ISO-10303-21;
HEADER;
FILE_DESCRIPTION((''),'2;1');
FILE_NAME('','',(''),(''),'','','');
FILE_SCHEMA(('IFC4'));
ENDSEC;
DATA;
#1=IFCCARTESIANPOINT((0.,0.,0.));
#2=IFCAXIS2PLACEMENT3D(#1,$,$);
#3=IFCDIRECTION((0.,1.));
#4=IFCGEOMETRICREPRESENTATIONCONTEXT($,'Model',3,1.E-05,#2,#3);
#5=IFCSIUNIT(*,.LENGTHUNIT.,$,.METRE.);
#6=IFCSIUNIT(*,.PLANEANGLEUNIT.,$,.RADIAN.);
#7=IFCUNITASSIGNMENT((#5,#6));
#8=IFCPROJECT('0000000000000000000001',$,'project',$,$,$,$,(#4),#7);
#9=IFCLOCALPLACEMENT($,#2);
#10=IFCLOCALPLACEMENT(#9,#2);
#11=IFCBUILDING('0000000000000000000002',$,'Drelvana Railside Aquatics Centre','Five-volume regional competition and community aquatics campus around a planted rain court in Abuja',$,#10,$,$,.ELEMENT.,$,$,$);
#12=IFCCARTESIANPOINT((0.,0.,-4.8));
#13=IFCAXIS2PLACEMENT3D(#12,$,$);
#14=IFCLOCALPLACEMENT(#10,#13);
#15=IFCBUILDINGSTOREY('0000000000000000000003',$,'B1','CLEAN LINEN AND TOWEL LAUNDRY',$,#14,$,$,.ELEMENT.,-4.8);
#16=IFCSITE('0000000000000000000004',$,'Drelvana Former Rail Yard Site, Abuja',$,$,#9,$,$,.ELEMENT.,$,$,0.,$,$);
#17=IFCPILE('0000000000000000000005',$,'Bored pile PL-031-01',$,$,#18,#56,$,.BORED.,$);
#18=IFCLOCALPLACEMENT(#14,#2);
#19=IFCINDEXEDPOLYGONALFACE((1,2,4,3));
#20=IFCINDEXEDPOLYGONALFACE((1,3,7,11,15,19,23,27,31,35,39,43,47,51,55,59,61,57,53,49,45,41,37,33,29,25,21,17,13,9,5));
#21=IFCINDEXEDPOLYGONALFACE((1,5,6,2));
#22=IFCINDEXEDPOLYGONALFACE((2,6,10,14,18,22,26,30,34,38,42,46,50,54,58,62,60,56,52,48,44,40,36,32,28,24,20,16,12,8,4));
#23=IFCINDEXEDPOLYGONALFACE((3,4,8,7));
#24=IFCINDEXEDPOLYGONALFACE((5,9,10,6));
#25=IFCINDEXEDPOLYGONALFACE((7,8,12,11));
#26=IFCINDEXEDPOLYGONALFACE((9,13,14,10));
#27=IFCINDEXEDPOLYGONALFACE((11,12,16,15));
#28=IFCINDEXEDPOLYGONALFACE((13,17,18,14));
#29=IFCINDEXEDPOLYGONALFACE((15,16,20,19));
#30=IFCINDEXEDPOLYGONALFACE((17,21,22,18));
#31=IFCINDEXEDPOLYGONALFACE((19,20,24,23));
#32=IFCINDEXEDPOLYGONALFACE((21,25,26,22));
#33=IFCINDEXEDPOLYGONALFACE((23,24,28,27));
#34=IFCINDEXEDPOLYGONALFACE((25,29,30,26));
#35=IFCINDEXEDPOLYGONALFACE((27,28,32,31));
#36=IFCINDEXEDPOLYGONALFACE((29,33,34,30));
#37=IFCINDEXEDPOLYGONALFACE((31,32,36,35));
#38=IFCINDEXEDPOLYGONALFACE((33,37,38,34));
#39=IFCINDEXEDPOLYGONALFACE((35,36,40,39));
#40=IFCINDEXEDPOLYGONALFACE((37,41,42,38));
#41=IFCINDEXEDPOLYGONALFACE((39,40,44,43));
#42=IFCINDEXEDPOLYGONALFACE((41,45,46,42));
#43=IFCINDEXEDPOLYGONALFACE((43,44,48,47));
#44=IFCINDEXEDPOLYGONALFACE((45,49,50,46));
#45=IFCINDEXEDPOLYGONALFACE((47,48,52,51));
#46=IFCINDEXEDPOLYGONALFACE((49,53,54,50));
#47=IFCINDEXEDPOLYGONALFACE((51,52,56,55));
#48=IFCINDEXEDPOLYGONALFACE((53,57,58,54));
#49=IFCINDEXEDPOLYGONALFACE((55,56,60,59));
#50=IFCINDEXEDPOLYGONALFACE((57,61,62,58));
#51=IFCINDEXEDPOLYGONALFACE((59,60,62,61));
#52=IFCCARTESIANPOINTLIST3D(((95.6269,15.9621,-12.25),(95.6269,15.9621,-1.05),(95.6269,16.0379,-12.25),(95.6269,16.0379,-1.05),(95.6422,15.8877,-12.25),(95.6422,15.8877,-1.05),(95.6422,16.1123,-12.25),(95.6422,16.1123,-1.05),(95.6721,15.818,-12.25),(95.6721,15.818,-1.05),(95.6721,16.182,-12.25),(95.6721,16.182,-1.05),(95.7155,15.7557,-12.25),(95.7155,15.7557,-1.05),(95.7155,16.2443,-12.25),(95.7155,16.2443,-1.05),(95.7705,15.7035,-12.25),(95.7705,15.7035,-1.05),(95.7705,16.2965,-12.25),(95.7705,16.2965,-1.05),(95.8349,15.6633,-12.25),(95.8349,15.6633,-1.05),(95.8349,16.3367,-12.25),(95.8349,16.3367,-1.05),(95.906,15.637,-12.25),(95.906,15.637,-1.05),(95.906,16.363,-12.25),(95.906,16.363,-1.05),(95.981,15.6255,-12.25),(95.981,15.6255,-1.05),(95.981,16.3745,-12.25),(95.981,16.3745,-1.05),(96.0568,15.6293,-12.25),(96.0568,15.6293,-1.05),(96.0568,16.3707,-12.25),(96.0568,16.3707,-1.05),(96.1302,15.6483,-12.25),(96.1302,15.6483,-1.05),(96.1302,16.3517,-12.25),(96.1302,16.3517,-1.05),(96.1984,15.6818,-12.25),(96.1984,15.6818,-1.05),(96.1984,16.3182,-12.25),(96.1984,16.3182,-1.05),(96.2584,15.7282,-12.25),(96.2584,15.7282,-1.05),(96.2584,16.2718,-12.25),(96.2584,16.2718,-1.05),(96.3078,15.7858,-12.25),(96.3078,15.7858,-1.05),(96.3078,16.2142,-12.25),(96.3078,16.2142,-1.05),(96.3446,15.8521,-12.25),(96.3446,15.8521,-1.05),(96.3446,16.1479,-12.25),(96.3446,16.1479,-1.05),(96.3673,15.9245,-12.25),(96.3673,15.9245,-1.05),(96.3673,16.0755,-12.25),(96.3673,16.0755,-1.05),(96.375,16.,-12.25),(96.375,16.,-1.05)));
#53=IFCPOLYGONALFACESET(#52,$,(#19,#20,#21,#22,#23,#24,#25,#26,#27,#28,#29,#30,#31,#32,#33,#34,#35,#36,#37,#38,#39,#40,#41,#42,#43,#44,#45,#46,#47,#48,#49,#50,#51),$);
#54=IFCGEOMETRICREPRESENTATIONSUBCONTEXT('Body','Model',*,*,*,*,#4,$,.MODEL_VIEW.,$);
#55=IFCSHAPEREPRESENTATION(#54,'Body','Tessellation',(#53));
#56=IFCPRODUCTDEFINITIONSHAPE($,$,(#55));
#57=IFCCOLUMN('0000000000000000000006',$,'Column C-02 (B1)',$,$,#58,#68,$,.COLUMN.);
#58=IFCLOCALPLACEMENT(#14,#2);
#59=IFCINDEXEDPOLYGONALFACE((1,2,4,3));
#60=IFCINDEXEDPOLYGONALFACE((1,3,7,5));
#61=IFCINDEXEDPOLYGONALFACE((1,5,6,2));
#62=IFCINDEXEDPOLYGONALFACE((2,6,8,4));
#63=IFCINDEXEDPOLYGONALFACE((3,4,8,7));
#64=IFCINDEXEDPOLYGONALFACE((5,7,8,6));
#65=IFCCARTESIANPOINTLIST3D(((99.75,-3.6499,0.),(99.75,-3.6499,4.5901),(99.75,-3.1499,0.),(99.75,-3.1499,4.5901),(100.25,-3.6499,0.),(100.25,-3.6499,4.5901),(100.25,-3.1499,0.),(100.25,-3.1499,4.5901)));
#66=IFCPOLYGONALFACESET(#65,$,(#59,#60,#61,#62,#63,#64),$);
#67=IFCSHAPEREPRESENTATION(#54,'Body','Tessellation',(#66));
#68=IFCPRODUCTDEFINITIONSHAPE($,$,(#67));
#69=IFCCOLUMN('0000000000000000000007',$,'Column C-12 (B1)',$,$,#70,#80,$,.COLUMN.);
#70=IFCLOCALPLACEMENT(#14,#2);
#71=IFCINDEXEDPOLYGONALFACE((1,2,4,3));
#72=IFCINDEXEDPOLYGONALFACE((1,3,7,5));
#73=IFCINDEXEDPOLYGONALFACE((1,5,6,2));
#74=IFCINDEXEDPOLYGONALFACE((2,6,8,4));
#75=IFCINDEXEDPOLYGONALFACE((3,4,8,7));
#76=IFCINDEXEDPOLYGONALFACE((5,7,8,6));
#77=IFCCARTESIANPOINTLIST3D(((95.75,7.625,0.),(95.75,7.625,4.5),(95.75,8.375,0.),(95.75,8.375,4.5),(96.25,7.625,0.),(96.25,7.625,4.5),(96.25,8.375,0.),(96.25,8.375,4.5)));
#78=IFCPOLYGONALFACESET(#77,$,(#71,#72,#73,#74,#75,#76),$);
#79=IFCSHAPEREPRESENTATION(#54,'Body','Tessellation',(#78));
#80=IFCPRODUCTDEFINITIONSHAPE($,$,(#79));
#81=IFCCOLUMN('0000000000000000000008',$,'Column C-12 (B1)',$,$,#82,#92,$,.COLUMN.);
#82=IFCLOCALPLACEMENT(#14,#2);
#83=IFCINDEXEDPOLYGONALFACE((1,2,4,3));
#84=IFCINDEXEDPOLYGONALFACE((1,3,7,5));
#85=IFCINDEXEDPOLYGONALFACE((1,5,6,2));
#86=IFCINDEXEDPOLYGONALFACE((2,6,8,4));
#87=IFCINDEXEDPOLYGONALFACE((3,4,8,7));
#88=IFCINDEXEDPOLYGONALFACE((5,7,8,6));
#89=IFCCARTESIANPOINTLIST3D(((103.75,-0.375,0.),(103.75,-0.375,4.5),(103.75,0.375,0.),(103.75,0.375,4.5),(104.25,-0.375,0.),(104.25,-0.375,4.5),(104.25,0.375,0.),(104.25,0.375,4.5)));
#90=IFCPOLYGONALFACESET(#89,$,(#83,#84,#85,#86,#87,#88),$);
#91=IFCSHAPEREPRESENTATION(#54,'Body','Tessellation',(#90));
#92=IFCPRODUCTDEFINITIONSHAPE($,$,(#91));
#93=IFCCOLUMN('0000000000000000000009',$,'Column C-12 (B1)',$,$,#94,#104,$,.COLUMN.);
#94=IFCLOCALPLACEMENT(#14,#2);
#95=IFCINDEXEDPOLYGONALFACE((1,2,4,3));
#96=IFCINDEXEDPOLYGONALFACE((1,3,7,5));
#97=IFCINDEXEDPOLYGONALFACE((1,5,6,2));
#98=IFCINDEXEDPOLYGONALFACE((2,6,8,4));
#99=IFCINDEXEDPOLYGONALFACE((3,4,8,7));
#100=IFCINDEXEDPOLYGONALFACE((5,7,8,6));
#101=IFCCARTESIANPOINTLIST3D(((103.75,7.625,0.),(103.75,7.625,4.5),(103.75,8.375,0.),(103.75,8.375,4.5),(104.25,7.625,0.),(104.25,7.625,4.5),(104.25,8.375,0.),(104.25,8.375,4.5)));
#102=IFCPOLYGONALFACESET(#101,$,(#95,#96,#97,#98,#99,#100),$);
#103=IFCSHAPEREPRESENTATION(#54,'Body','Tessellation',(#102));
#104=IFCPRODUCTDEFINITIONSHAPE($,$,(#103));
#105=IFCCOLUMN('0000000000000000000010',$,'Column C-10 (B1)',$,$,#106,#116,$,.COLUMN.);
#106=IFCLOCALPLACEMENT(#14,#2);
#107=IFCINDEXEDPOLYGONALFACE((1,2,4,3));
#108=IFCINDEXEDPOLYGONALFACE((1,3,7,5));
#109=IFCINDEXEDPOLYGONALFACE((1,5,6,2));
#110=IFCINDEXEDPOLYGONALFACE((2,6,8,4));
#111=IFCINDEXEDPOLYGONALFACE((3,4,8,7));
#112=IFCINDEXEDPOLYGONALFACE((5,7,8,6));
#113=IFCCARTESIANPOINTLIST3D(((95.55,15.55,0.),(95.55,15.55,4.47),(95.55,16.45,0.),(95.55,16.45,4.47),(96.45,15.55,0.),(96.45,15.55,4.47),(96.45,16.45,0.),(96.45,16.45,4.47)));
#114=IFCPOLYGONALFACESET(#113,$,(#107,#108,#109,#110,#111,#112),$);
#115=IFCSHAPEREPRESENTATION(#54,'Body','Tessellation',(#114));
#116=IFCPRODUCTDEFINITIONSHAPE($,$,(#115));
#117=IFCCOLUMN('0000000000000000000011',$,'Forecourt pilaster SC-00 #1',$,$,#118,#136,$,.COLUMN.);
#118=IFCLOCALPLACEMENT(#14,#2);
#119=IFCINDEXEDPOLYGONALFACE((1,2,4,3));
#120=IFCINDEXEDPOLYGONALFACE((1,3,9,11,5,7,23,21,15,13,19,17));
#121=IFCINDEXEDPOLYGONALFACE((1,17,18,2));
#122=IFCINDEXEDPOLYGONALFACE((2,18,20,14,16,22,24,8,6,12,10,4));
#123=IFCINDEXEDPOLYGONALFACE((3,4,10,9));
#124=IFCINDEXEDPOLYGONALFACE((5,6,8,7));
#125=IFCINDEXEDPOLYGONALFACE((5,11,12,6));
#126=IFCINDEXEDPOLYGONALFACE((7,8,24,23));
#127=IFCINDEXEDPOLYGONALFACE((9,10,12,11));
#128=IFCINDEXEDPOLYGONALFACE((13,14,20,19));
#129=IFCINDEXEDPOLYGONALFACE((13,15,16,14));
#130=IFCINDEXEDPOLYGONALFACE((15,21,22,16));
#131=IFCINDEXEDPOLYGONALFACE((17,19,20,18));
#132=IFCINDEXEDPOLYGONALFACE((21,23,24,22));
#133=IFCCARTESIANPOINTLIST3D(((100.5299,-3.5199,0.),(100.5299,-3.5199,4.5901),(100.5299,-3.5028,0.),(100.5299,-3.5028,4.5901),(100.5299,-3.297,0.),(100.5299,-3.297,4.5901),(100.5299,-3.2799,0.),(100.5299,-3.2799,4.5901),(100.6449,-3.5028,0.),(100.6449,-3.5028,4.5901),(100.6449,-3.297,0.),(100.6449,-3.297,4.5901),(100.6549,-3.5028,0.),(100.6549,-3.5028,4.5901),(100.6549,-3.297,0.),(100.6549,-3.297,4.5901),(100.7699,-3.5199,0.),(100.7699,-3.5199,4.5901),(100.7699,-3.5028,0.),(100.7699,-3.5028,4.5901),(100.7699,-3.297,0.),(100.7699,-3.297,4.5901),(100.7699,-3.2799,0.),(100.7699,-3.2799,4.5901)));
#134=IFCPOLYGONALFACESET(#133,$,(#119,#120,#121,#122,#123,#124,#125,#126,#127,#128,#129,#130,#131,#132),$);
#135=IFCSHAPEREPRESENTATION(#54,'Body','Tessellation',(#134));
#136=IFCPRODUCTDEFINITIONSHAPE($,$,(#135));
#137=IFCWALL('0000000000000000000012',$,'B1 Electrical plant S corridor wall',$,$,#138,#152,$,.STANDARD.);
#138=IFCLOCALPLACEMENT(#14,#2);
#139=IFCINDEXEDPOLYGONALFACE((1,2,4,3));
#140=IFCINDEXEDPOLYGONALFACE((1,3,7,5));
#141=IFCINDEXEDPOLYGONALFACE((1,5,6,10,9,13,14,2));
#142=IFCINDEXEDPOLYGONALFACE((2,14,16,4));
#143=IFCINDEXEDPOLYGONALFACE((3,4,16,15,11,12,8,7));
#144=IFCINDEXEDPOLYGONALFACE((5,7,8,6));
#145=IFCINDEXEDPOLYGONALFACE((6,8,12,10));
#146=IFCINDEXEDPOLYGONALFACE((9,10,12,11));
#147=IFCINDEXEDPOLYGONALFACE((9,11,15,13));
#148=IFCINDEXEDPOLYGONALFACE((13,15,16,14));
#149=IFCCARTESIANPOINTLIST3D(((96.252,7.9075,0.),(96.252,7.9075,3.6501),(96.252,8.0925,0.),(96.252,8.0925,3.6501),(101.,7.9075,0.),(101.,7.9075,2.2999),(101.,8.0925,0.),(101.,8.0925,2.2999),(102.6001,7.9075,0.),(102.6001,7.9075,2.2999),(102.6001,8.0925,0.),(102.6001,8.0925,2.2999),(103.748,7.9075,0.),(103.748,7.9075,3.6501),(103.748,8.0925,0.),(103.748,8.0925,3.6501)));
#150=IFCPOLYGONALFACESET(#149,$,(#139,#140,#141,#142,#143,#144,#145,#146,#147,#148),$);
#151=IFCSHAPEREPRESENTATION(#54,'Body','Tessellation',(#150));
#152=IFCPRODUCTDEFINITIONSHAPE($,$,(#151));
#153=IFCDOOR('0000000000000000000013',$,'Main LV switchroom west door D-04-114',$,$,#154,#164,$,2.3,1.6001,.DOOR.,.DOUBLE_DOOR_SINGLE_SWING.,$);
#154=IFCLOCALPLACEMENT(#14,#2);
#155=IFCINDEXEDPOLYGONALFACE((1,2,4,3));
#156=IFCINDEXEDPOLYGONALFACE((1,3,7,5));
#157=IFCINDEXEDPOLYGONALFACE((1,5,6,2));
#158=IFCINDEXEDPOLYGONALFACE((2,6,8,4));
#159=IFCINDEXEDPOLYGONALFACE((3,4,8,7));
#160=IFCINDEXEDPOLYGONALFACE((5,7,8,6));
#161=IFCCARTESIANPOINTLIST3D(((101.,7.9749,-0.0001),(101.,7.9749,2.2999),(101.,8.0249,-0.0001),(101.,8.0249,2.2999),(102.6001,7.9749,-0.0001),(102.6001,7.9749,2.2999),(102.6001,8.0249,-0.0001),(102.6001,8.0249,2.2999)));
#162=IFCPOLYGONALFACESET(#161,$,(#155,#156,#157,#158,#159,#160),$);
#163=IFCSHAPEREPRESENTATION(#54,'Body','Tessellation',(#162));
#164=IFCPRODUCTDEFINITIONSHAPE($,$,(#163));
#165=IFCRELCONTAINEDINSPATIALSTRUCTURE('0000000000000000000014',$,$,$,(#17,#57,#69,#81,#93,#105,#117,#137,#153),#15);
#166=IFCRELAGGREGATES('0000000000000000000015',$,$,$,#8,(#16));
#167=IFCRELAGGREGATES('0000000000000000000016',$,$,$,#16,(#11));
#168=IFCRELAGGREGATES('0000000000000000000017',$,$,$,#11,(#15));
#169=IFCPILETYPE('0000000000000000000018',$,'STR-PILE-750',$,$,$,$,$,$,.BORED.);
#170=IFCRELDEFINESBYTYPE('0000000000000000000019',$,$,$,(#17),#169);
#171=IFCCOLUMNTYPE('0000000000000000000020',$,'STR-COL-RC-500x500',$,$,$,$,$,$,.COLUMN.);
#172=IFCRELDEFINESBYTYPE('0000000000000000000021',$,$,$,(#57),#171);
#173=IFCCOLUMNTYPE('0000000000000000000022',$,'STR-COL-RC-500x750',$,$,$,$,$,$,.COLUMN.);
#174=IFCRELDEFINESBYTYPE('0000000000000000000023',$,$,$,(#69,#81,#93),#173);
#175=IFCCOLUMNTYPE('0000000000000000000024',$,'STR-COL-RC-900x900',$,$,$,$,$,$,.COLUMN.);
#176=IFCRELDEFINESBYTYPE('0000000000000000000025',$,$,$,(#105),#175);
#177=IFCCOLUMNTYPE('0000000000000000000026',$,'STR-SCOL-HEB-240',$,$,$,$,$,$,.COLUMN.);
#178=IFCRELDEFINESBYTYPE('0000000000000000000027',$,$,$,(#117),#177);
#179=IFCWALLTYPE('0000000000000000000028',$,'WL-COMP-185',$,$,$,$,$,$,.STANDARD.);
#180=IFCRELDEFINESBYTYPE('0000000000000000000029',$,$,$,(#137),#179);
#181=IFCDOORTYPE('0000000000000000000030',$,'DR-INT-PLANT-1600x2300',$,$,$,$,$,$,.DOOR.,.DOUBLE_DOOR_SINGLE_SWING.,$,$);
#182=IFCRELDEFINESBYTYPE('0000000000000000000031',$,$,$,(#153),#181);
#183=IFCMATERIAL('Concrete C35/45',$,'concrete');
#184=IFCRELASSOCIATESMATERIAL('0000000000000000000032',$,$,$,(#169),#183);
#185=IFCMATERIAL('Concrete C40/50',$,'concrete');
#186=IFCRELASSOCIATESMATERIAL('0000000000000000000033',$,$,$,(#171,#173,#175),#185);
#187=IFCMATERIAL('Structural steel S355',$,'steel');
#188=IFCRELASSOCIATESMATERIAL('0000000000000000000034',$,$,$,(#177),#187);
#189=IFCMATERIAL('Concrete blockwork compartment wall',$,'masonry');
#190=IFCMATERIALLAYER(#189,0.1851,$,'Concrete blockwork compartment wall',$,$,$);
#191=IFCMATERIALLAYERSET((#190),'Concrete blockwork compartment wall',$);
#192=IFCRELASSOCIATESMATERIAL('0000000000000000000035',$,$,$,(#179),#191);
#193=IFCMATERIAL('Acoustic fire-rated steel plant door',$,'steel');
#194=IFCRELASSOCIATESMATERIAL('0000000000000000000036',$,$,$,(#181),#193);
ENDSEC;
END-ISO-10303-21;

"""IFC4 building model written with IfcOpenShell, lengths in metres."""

from ifc_helpers import new_model, si_unit, direction, frame, frame_2d, origin, origin_2d, place, context, subcontext, project, spatial, rectangle, circle, i_section, extrude, material, layer, layer_set, material_profile, profile_set, type_object, element, fill, save


model = new_model("IFC4")

# Units and contexts
model_context = context("Model", 3, precision=1e-05, world=origin(), true_north=direction((0.0, 1.0)))
body_context = subcontext(model_context, "Body", "Model", "MODEL_VIEW")
ifc_project = project(units=[si_unit("LENGTHUNIT", "METRE"), si_unit("PLANEANGLEUNIT", "RADIAN")], contexts=[model_context])

# Site, building, storey
site_placement = place(None, origin())
site = spatial("IfcSite", under=ifc_project, at=site_placement, Name="Drelvana Former Rail Yard Site, Abuja", CompositionType="ELEMENT", RefElevation=0.0)
building_placement = place(site_placement, origin())
building = spatial("IfcBuilding", under=site, at=building_placement, Name="Drelvana Railside Aquatics Centre", Description="Five-volume regional competition and community aquatics campus around a planted rain court in Abuja", CompositionType="ELEMENT")
storey_placement = place(building_placement, frame((0.0, 0.0, -4.8)))
storey = spatial("IfcBuildingStorey", under=building, at=storey_placement, Name="B1", Description="CLEAN LINEN AND TOWEL LAUNDRY", CompositionType="ELEMENT", Elevation=-4.8)

# Shared definitions
ifc_material_1 = material(Name="Concrete C35/45", Category="concrete")

# Pile
ifc_material_profile_1 = material_profile(ifc_material_1, circle(Radius=0.375, at=origin_2d()), Name="PILE D750")
ifc_profile_set_1 = profile_set([ifc_material_profile_1], Name="Concrete C35/45")
pile_type_1 = type_object("IfcPileType", Name="STR-PILE-750", PredefinedType="BORED", material=ifc_profile_set_1)
for number, where, z_axis, x_axis, name in (
    (1, (96.0, 16.0, -1.05), (0.0, 0.0, -1.0), (1.0, 0.0, 0.0), "Bored pile PL-031-01"),
):
    element("IfcPile", number, at=place(storey_placement, frame(where, z_axis=z_axis, x_axis=x_axis)), inside=storey, type_object=pile_type_1, Name=name, PredefinedType="BORED", context=body_context, shape_type="SweptSolid", body=[
        extrude(circle(Radius=0.375, at=origin_2d()), origin(), (0.0, 0.0, 1.0), 11.2),
    ])

# Columns
ifc_material_2 = material(Name="Concrete C40/50", Category="concrete")
ifc_material_profile_2 = material_profile(ifc_material_2, rectangle(XDim=0.5, YDim=0.5, at=origin_2d()), Name="RC 500x500")
ifc_profile_set_2 = profile_set([ifc_material_profile_2], Name="Concrete C40/50")
column_type_1 = type_object("IfcColumnType", Name="STR-COL-RC-500x500", PredefinedType="COLUMN", material=ifc_profile_set_2)
column_1_placement = place(storey_placement, frame((100.0, -3.3999, 0.0), z_axis=(0.0, 0.0, 1.0), x_axis=(1.0, 0.0, 0.0)))
element("IfcColumn", 2, at=column_1_placement, inside=storey, type_object=column_type_1, Name="Column C-02 (B1)", PredefinedType="COLUMN", context=body_context, shape_type="SweptSolid", body=[
    extrude(rectangle(XDim=0.5, YDim=0.5, at=origin_2d()), origin(), (0.0, 0.0, 1.0), 4.5901),
])
ifc_material_profile_3 = material_profile(ifc_material_2, rectangle(XDim=0.5, YDim=0.75, at=origin_2d()), Name="RC 500x750")
ifc_profile_set_3 = profile_set([ifc_material_profile_3], Name="Concrete C40/50")
column_type_2 = type_object("IfcColumnType", Name="STR-COL-RC-500x750", PredefinedType="COLUMN", material=ifc_profile_set_3)
for number, where, z_axis, x_axis, name in (
    (3, (96.0, 8.0, 0.0), (0.0, 0.0, 1.0), (1.0, 0.0, 0.0), "Column C-12 (B1)"),
    (4, (104.0, 0.0, 0.0), (0.0, 0.0, 1.0), (1.0, 0.0, 0.0), "Column C-12 (B1)"),
    (5, (104.0, 8.0, 0.0), (0.0, 0.0, 1.0), (1.0, 0.0, 0.0), "Column C-12 (B1)"),
):
    element("IfcColumn", number, at=place(storey_placement, frame(where, z_axis=z_axis, x_axis=x_axis)), inside=storey, type_object=column_type_2, Name=name, PredefinedType="COLUMN", context=body_context, shape_type="SweptSolid", body=[
        extrude(rectangle(XDim=0.5, YDim=0.75, at=origin_2d()), origin(), (0.0, 0.0, 1.0), 4.5),
    ])
ifc_material_profile_4 = material_profile(ifc_material_2, rectangle(XDim=0.8999, YDim=0.8999, at=origin_2d()), Name="RC 900x900")
ifc_profile_set_4 = profile_set([ifc_material_profile_4], Name="Concrete C40/50")
column_type_3 = type_object("IfcColumnType", Name="STR-COL-RC-900x900", PredefinedType="COLUMN", material=ifc_profile_set_4)
column_2_placement = place(storey_placement, frame((96.0, 16.0, 0.0), z_axis=(0.0, 0.0, 1.0), x_axis=(1.0, 0.0, 0.0)))
element("IfcColumn", 6, at=column_2_placement, inside=storey, type_object=column_type_3, Name="Column C-10 (B1)", PredefinedType="COLUMN", context=body_context, shape_type="SweptSolid", body=[
    extrude(rectangle(XDim=0.8999, YDim=0.8999, at=origin_2d()), origin(), (0.0, 0.0, 1.0), 4.47),
])
ifc_material_3 = material(Name="Structural steel S355", Category="steel")
ifc_material_profile_5 = material_profile(ifc_material_3, i_section(OverallWidth=0.24, OverallDepth=0.24, WebThickness=0.01, FlangeThickness=0.0171, at=origin_2d()), Name="HEB 240")
ifc_profile_set_5 = profile_set([ifc_material_profile_5], Name="Structural steel S355")
column_type_4 = type_object("IfcColumnType", Name="STR-SCOL-HEB-240", PredefinedType="COLUMN", material=ifc_profile_set_5)
column_3_placement = place(storey_placement, frame((100.6499, -3.3999, 0.0), z_axis=(0.0, 0.0, 1.0), x_axis=(1.0, 0.0, 0.0)))
element("IfcColumn", 7, at=column_3_placement, inside=storey, type_object=column_type_4, Name="Forecourt pilaster SC-00 #1", PredefinedType="COLUMN", context=body_context, shape_type="SweptSolid", body=[
    extrude(i_section(OverallWidth=0.24, OverallDepth=0.24, WebThickness=0.01, FlangeThickness=0.0171, at=origin_2d()), origin(), (0.0, 0.0, 1.0), 4.5901),
])

# Wall, opening, door
ifc_material_4 = material(Name="Concrete blockwork compartment wall", Category="masonry")
ifc_layer = layer(ifc_material_4, 0.1851, Name="Concrete blockwork compartment wall")
ifc_layer_set = layer_set([ifc_layer], Name="Concrete blockwork compartment wall")
wall_type = type_object("IfcWallType", Name="WL-COMP-185", PredefinedType="STANDARD", material=ifc_layer_set)
wall_placement = place(storey_placement, frame((96.252, 8.0, 0.0), z_axis=(0.0, 0.0, 1.0), x_axis=(1.0, 0.0, 0.0)))
wall = element("IfcWall", 8, at=wall_placement, inside=storey, type_object=wall_type, Name="B1 Electrical plant S corridor wall", PredefinedType="STANDARD", context=body_context, shape_type="SweptSolid", body=[
    extrude(rectangle(XDim=7.4961, YDim=0.1851, at=frame_2d((3.748, 0.0))), origin(), (0.0, 0.0, 1.0), 3.6501),
])
opening_placement = place(wall_placement, frame((4.748, 0.0, 0.0)))
opening = element("IfcOpeningElement", 9, at=opening_placement, cuts=wall, PredefinedType="OPENING", context=body_context, shape_type="SweptSolid", body=[
    extrude(rectangle(XDim=1.6001, YDim=2.3, at=frame_2d((0.8, 1.1499))), frame((0.0, 0.1025, 0.0), z_axis=(0.0, -1.0, 0.0), x_axis=(1.0, 0.0, 0.0)), (0.0, 0.0, 1.0), 0.2051),
])
ifc_material_5 = material(Name="Acoustic fire-rated steel plant door", Category="steel")
door_type = type_object("IfcDoorType", Name="DR-INT-PLANT-1600x2300", OperationType="DOUBLE_DOOR_SINGLE_SWING", PredefinedType="DOOR", material=ifc_material_5)
door_placement = place(opening_placement, origin())
door = element("IfcDoor", 10, at=door_placement, inside=storey, type_object=door_type, Name="Main LV switchroom west door D-04-114", OperationType="DOUBLE_DOOR_SINGLE_SWING", OverallHeight=2.3, OverallWidth=1.6001, PredefinedType="DOOR", context=body_context, shape_type="SweptSolid", body=[
    extrude(rectangle(XDim=1.6001, YDim=2.3, at=frame_2d((0.8, 1.1499))), frame((0.0, 0.0249, 0.0), z_axis=(0.0, -1.0, 0.0), x_axis=(1.0, 0.0, 0.0)), (0.0, 0.0, 1.0), 0.05),
])
fill(opening, door)

save(model, "model.ifc")
